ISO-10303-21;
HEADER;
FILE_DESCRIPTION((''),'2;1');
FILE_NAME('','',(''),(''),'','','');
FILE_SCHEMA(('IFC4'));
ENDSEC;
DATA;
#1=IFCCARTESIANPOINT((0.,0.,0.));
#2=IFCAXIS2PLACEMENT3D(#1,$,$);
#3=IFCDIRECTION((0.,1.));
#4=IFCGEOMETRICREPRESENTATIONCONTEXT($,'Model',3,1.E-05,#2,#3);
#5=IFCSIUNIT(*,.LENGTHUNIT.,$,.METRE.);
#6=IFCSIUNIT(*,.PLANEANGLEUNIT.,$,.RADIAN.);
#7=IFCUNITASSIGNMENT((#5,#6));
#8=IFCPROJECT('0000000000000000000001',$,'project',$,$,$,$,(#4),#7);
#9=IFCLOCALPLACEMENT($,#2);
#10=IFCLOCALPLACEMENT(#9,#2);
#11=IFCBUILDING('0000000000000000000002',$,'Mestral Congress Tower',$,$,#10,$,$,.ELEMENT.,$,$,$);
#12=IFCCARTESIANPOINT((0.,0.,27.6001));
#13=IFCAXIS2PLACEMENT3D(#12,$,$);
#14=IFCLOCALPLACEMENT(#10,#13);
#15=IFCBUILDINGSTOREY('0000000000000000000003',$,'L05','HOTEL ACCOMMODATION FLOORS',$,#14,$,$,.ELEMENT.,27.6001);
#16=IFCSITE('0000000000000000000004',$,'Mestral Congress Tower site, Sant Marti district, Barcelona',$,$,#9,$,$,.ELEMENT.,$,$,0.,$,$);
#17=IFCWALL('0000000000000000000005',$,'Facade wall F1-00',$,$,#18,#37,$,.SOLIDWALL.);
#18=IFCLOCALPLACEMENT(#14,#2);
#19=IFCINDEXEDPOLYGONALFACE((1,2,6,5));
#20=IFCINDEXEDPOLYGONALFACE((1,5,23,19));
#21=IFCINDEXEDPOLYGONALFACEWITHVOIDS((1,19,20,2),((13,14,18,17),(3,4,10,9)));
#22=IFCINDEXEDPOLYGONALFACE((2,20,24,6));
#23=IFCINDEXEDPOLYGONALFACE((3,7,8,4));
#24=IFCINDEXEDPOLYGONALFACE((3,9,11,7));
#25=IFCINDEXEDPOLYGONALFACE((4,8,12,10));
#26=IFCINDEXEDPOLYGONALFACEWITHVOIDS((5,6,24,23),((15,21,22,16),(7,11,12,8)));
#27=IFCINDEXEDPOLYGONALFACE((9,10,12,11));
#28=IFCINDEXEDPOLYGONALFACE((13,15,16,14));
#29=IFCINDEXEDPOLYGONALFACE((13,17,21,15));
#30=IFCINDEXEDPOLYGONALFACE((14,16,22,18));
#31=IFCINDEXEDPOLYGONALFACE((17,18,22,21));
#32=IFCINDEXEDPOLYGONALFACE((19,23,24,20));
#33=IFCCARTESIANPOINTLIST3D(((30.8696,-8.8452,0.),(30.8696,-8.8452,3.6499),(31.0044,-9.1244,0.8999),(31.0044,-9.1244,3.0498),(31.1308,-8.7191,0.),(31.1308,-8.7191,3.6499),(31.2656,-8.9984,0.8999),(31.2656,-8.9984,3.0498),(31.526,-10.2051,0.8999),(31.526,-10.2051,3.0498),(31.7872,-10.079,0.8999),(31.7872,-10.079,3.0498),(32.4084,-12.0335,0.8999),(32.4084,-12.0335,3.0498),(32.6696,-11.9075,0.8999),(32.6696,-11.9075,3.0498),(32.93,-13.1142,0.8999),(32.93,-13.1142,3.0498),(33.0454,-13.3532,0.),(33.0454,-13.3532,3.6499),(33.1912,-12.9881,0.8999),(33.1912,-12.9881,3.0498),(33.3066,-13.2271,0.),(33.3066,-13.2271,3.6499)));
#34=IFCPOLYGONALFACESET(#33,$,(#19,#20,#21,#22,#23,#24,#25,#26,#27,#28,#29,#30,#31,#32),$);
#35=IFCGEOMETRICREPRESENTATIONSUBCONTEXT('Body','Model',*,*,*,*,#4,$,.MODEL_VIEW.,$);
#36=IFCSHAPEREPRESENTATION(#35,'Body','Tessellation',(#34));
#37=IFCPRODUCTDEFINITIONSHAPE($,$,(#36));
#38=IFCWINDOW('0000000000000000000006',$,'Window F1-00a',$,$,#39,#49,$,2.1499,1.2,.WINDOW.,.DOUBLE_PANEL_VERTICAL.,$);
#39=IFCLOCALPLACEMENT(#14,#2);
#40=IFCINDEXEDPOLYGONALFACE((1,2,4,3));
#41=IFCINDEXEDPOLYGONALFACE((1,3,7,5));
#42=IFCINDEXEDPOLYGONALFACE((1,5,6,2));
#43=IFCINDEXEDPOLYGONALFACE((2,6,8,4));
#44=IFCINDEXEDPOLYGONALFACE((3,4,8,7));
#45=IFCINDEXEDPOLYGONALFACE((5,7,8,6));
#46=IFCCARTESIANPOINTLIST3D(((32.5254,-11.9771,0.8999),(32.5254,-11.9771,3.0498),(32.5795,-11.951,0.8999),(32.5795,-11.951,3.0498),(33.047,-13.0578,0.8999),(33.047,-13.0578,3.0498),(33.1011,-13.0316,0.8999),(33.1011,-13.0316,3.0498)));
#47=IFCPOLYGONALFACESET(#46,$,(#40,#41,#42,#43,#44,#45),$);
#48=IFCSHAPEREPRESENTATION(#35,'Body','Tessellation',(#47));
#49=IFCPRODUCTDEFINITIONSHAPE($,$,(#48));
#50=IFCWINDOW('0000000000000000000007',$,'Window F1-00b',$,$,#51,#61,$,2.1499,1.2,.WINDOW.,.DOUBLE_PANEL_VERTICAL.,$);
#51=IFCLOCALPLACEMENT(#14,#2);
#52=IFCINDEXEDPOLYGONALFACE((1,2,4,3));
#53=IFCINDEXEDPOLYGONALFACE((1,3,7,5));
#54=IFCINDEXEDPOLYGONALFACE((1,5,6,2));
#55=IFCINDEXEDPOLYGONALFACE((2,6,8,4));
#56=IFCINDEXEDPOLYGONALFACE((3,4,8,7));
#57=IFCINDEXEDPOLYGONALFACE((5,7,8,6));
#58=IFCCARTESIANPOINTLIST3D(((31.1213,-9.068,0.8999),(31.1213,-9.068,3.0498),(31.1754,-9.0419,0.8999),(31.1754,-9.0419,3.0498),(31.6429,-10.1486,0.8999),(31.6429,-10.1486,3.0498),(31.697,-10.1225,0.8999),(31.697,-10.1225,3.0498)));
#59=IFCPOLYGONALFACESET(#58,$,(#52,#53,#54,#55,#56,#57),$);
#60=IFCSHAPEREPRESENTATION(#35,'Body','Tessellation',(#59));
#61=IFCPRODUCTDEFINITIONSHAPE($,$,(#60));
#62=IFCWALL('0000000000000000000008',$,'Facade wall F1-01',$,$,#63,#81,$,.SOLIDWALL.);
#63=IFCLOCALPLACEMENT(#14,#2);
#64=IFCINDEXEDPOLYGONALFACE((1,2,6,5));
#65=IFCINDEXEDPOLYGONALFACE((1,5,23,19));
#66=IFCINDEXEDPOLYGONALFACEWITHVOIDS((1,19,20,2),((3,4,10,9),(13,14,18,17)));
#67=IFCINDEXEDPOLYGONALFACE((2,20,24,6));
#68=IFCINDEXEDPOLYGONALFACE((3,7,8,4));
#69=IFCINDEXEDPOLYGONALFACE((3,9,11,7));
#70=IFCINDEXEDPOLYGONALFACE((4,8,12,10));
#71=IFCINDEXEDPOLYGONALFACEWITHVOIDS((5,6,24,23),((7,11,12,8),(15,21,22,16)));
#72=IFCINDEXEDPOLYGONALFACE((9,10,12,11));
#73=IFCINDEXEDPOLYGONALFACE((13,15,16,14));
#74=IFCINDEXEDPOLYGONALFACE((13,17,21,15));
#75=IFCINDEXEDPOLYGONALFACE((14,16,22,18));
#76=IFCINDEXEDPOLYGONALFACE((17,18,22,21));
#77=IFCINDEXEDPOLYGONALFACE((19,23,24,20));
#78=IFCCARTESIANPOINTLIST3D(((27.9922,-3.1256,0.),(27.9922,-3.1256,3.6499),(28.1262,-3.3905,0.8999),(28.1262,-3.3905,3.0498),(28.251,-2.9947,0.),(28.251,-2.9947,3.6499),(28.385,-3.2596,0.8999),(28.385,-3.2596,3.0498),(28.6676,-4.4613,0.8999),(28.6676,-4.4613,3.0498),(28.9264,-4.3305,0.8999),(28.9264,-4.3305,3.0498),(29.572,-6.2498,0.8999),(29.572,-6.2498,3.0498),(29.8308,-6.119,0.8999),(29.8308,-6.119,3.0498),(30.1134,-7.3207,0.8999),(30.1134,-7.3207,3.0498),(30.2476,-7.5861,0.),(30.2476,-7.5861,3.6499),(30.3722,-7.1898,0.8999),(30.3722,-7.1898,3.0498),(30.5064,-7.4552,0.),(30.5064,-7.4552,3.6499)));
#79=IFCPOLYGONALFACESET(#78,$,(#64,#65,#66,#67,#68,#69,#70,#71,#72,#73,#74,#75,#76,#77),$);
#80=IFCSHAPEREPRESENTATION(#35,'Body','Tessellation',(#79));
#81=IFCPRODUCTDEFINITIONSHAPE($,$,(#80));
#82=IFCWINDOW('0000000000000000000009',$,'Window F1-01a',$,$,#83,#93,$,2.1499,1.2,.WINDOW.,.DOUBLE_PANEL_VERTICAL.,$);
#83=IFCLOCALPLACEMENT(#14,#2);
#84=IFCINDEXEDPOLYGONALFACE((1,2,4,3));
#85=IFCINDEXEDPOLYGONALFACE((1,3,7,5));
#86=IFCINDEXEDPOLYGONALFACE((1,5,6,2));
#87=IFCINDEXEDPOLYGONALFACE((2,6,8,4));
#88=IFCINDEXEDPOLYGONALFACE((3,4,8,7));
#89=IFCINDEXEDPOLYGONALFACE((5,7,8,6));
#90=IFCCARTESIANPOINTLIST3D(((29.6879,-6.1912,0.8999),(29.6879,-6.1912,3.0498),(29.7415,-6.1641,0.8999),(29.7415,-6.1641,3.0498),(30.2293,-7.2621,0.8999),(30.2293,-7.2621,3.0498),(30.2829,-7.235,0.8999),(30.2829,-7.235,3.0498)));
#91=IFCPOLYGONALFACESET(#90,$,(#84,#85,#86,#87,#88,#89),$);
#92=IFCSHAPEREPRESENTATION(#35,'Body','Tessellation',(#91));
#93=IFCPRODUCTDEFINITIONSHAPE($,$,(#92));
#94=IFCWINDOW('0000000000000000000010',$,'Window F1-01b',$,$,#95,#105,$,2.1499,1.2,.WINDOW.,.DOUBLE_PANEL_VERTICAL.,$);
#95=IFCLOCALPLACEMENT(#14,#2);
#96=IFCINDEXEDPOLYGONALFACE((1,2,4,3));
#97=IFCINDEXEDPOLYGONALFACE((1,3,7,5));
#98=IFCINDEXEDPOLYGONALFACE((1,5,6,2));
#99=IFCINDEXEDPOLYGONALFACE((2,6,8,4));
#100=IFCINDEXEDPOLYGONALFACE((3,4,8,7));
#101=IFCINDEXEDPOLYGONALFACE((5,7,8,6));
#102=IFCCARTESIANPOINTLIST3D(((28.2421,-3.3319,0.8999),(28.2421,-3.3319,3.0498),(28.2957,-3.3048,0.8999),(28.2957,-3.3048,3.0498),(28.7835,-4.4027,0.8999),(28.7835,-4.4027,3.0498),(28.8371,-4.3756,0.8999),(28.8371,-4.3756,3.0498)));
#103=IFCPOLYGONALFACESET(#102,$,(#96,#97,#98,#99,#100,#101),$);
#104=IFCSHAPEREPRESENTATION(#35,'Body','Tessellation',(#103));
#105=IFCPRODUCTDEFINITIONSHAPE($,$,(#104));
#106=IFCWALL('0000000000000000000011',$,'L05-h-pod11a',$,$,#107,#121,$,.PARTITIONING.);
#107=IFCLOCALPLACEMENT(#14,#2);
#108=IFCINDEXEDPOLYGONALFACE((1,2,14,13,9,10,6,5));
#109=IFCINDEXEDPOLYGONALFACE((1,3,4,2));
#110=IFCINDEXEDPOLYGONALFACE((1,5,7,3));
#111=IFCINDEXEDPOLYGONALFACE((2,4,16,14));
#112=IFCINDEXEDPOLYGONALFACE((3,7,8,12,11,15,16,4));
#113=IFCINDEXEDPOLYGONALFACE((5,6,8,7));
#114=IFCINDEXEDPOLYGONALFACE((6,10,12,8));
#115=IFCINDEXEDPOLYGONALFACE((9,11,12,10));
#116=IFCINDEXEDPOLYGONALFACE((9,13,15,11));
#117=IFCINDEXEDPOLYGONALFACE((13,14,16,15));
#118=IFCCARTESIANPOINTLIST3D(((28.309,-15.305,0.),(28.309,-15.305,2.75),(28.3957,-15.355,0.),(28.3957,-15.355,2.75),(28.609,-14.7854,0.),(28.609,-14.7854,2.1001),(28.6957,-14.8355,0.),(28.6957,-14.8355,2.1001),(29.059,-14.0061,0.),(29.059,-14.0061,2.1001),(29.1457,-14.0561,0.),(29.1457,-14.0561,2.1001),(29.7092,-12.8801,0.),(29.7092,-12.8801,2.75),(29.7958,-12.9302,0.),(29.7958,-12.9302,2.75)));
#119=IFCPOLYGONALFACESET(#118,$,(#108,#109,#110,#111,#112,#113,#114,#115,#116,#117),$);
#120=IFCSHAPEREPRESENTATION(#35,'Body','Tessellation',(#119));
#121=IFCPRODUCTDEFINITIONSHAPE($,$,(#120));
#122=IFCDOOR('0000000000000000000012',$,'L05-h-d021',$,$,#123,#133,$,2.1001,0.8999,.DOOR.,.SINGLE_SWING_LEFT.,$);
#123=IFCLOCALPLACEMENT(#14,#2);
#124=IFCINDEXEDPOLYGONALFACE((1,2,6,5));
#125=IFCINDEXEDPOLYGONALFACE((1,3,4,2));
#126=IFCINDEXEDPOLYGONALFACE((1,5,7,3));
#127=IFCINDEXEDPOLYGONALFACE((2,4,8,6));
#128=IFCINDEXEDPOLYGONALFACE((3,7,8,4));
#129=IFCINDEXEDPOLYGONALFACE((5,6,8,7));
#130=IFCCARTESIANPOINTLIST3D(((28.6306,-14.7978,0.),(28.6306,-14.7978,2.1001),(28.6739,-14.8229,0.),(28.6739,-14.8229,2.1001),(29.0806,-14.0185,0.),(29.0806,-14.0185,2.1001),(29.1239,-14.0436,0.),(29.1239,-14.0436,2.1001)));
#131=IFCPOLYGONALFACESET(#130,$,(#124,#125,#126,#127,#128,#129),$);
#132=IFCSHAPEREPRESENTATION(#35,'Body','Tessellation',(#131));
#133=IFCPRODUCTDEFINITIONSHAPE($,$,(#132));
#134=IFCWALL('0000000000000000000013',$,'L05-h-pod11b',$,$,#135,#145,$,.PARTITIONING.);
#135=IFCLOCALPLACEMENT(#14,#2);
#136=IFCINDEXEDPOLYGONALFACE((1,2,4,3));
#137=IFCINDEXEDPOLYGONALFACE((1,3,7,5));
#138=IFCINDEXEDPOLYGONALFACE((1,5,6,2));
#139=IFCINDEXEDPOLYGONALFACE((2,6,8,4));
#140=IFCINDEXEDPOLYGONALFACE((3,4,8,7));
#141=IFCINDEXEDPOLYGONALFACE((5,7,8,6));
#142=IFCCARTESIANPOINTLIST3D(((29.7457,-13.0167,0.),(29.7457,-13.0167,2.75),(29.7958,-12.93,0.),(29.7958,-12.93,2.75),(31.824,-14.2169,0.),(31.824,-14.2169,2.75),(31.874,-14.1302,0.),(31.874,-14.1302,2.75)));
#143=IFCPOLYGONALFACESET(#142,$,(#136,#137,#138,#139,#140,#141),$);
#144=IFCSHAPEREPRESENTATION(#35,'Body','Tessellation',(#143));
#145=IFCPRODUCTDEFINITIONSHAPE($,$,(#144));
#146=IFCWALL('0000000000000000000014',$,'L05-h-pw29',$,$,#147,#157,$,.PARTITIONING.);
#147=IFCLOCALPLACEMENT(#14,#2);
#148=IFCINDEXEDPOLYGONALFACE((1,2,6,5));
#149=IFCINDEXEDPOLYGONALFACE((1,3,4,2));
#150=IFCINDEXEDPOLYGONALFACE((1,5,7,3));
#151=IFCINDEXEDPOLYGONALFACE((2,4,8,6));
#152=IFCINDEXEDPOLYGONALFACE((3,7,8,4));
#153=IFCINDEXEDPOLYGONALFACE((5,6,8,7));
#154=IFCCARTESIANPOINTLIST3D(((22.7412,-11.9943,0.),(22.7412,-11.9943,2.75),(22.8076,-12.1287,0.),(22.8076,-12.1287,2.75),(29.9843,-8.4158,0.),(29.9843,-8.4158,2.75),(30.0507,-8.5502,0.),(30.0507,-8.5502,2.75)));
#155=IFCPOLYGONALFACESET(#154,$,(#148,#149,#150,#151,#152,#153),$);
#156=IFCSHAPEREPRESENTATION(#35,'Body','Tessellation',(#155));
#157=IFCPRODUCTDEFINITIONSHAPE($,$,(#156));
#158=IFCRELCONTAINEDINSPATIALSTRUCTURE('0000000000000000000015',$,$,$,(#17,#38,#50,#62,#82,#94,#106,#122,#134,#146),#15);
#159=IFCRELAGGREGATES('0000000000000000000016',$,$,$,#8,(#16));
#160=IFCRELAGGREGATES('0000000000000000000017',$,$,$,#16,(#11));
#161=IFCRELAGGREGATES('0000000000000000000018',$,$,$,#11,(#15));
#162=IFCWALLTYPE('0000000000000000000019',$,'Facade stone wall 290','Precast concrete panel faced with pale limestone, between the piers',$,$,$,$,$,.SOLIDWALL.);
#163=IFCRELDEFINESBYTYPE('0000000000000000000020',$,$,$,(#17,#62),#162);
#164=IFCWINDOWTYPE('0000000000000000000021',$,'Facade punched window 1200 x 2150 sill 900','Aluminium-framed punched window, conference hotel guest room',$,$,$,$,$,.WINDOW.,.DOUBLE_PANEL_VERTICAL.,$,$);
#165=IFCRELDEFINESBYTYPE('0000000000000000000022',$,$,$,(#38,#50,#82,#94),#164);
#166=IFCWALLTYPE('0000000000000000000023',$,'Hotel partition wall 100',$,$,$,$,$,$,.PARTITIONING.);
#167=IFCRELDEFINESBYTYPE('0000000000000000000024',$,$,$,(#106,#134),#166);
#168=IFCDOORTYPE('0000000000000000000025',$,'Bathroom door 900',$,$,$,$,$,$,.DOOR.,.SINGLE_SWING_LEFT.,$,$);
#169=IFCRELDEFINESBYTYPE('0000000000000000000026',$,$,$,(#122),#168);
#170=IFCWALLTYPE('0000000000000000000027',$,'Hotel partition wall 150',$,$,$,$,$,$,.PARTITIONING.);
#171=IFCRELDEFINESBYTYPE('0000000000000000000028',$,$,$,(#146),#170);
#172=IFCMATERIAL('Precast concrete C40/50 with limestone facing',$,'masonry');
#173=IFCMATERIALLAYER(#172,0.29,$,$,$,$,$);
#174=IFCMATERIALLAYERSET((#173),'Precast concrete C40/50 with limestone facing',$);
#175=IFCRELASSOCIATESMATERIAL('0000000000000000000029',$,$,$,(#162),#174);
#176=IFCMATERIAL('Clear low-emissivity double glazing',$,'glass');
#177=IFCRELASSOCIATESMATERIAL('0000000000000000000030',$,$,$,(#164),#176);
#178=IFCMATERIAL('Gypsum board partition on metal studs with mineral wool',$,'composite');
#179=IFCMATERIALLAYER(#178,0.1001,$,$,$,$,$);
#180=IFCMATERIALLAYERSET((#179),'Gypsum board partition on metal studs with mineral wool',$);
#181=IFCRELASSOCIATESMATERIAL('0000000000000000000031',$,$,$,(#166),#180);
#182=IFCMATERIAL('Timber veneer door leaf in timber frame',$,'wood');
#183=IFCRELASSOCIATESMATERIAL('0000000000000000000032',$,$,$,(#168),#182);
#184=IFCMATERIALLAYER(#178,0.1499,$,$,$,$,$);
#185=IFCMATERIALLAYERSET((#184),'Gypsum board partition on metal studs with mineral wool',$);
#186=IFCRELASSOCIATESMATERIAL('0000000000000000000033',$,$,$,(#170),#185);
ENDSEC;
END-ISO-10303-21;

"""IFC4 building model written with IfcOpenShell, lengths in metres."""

from ifc_helpers import new_model, si_unit, direction, frame, frame_2d, origin, place, context, subcontext, project, spatial, rectangle, extrude, material, layer, layer_set, type_object, element, fill, save


model = new_model("IFC4")

# Units and contexts
model_context = context("Model", 3, precision=1e-05, world=origin(), true_north=direction((0.0, 1.0)))
body_context = subcontext(model_context, "Body", "Model", "MODEL_VIEW")
ifc_project = project(units=[si_unit("LENGTHUNIT", "METRE"), si_unit("PLANEANGLEUNIT", "RADIAN")], contexts=[model_context])

# Site, building, storey
site_placement = place(None, origin())
site = spatial("IfcSite", under=ifc_project, at=site_placement, Name="Mestral Congress Tower site, Sant Marti district, Barcelona", CompositionType="ELEMENT", RefElevation=0.0)
building_placement = place(site_placement, origin())
building = spatial("IfcBuilding", under=site, at=building_placement, Name="Mestral Congress Tower", CompositionType="ELEMENT")
storey_placement = place(building_placement, frame((0.0, 0.0, 27.6001)))
storey = spatial("IfcBuildingStorey", under=building, at=storey_placement, Name="L05", Description="HOTEL ACCOMMODATION FLOORS", CompositionType="ELEMENT", Elevation=27.6001)

# Shared definitions
ifc_material_1 = material(Name="Precast concrete C40/50 with limestone facing", Category="masonry")
ifc_layer_1 = layer(ifc_material_1, 0.29)
ifc_layer_set_1 = layer_set([ifc_layer_1], Name="Precast concrete C40/50 with limestone facing")
wall_type_1 = type_object("IfcWallType", Name="Facade stone wall 290", Description="Precast concrete panel faced with pale limestone, between the piers", PredefinedType="SOLIDWALL", material=ifc_layer_set_1)
ifc_material_2 = material(Name="Clear low-emissivity double glazing", Category="glass")

# Walls, openings, windows
wall_1_placement = place(storey_placement, frame((33.176, -13.2903, 0.0), z_axis=(0.0, 0.0, 1.0), x_axis=(-0.434664, 0.900592, 0.0)))
wall_1 = element("IfcWall", 1, at=wall_1_placement, inside=storey, type_object=wall_type_1, Name="Facade wall F1-00", PredefinedType="SOLIDWALL", context=body_context, shape_type="SweptSolid", body=[
    extrude(rectangle(XDim=5.0056, YDim=0.29, at=frame_2d((2.5029, 0.0))), origin(), (0.0, 0.0, 1.0), 3.6499),
])
opening_1_placement = place(wall_1_placement, frame((0.2654, 0.0, 0.8999)))
opening_1 = element("IfcOpeningElement", 2, at=opening_1_placement, cuts=wall_1, PredefinedType="OPENING", context=body_context, shape_type="SweptSolid", body=[
    extrude(rectangle(XDim=1.2, YDim=2.1499, at=frame_2d((0.6001, 1.075))), frame((0.0, 0.155, 0.0), z_axis=(0.0, -1.0, 0.0), x_axis=(1.0, 0.0, 0.0)), (0.0, 0.0, 1.0), 0.3101),
])
opening_2_placement = place(wall_1_placement, frame((3.4956, 0.0, 0.8999)))
opening_2 = element("IfcOpeningElement", 3, at=opening_2_placement, cuts=wall_1, PredefinedType="OPENING", context=body_context, shape_type="SweptSolid", body=[
    extrude(rectangle(XDim=1.2, YDim=2.1499, at=frame_2d((0.6001, 1.075))), frame((0.0, 0.155, 0.0), z_axis=(0.0, -1.0, 0.0), x_axis=(1.0, 0.0, 0.0)), (0.0, 0.0, 1.0), 0.3101),
])
window_type_1 = type_object("IfcWindowType", Name="Facade punched window 1200 x 2150 sill 900", Description="Aluminium-framed punched window, conference hotel guest room", PartitioningType="DOUBLE_PANEL_VERTICAL", PredefinedType="WINDOW", material=ifc_material_2)
window_1_placement = place(opening_1_placement, origin())
window_1 = element("IfcWindow", 4, at=window_1_placement, inside=storey, type_object=window_type_1, Name="Window F1-00a", OverallHeight=2.1499, OverallWidth=1.2, PartitioningType="DOUBLE_PANEL_VERTICAL", PredefinedType="WINDOW", context=body_context, shape_type="SweptSolid", body=[
    extrude(rectangle(XDim=1.2, YDim=2.1499, at=frame_2d((0.6001, 1.075))), frame((0.0, 0.0151, 0.0), z_axis=(0.0, -1.0, 0.0), x_axis=(1.0, 0.0, 0.0)), (0.0, 0.0, 1.0), 0.0601),
])
fill(opening_1, window_1)
window_2_placement = place(opening_2_placement, origin())
window_2 = element("IfcWindow", 5, at=window_2_placement, inside=storey, type_object=window_type_1, Name="Window F1-00b", OverallHeight=2.1499, OverallWidth=1.2, PartitioningType="DOUBLE_PANEL_VERTICAL", PredefinedType="WINDOW", context=body_context, shape_type="SweptSolid", body=[
    extrude(rectangle(XDim=1.2, YDim=2.1499, at=frame_2d((0.6001, 1.075))), frame((0.0, 0.0151, 0.0), z_axis=(0.0, -1.0, 0.0), x_axis=(1.0, 0.0, 0.0)), (0.0, 0.0, 1.0), 0.0601),
])
fill(opening_2, window_2)
wall_2_placement = place(storey_placement, frame((30.377, -7.5205, 0.0), z_axis=(0.0, 0.0, 1.0), x_axis=(-0.451234, 0.892406, 0.0)))
wall_2 = element("IfcWall", 6, at=wall_2_placement, inside=storey, type_object=wall_type_1, Name="Facade wall F1-01", PredefinedType="SOLIDWALL", context=body_context, shape_type="SweptSolid", body=[
    extrude(rectangle(XDim=4.9983, YDim=0.29, at=frame_2d((2.499, 0.0))), origin(), (0.0, 0.0, 1.0), 3.6499),
])
opening_3_placement = place(wall_2_placement, frame((0.2971, 0.0, 0.8999)))
opening_3 = element("IfcOpeningElement", 7, at=opening_3_placement, cuts=wall_2, PredefinedType="OPENING", context=body_context, shape_type="SweptSolid", body=[
    extrude(rectangle(XDim=1.2, YDim=2.1499, at=frame_2d((0.6001, 1.075))), frame((0.0, 0.155, 0.0), z_axis=(0.0, -1.0, 0.0), x_axis=(1.0, 0.0, 0.0)), (0.0, 0.0, 1.0), 0.3101),
])
opening_4_placement = place(wall_2_placement, frame((3.5012, 0.0, 0.8999)))
opening_4 = element("IfcOpeningElement", 8, at=opening_4_placement, cuts=wall_2, PredefinedType="OPENING", context=body_context, shape_type="SweptSolid", body=[
    extrude(rectangle(XDim=1.2, YDim=2.1499, at=frame_2d((0.6001, 1.075))), frame((0.0, 0.155, 0.0), z_axis=(0.0, -1.0, 0.0), x_axis=(1.0, 0.0, 0.0)), (0.0, 0.0, 1.0), 0.3101),
])
window_3_placement = place(opening_3_placement, origin())
window_3 = element("IfcWindow", 9, at=window_3_placement, inside=storey, type_object=window_type_1, Name="Window F1-01a", OverallHeight=2.1499, OverallWidth=1.2, PartitioningType="DOUBLE_PANEL_VERTICAL", PredefinedType="WINDOW", context=body_context, shape_type="SweptSolid", body=[
    extrude(rectangle(XDim=1.2, YDim=2.1499, at=frame_2d((0.6001, 1.075))), frame((0.0, 0.0151, 0.0), z_axis=(0.0, -1.0, 0.0), x_axis=(1.0, 0.0, 0.0)), (0.0, 0.0, 1.0), 0.0601),
])
fill(opening_3, window_3)
window_4_placement = place(opening_4_placement, origin())
window_4 = element("IfcWindow", 10, at=window_4_placement, inside=storey, type_object=window_type_1, Name="Window F1-01b", OverallHeight=2.1499, OverallWidth=1.2, PartitioningType="DOUBLE_PANEL_VERTICAL", PredefinedType="WINDOW", context=body_context, shape_type="SweptSolid", body=[
    extrude(rectangle(XDim=1.2, YDim=2.1499, at=frame_2d((0.6001, 1.075))), frame((0.0, 0.0151, 0.0), z_axis=(0.0, -1.0, 0.0), x_axis=(1.0, 0.0, 0.0)), (0.0, 0.0, 1.0), 0.0601),
])
fill(opening_4, window_4)

# Wall, opening, door
ifc_material_3 = material(Name="Gypsum board partition on metal studs with mineral wool", Category="composite")
ifc_layer_2 = layer(ifc_material_3, 0.1001)
ifc_layer_set_2 = layer_set([ifc_layer_2], Name="Gypsum board partition on metal studs with mineral wool")
wall_type_2 = type_object("IfcWallType", Name="Hotel partition wall 100", PredefinedType="PARTITIONING", material=ifc_layer_set_2)
wall_3_placement = place(storey_placement, frame((29.7524, -12.9053, 0.0), z_axis=(0.0, 0.0, 1.0), x_axis=(-0.50005, -0.865997, 0.0)))
wall_3 = element("IfcWall", 11, at=wall_3_placement, inside=storey, type_object=wall_type_2, Name="L05-h-pod11a", PredefinedType="PARTITIONING", context=body_context, shape_type="SweptSolid", body=[
    extrude(rectangle(XDim=2.8, YDim=0.1001, at=frame_2d((1.3999, 0.0))), origin(), (0.0, 0.0, 1.0), 2.75),
])
opening_5_placement = place(wall_3_placement, frame((1.3, 0.0, 0.0)))
opening_5 = element("IfcOpeningElement", 12, at=opening_5_placement, cuts=wall_3, PredefinedType="OPENING", context=body_context, shape_type="SweptSolid", body=[
    extrude(rectangle(XDim=0.8999, YDim=2.1001, at=frame_2d((0.45, 1.05))), frame((0.0, 0.0601, 0.0), z_axis=(0.0, -1.0, 0.0), x_axis=(1.0, 0.0, 0.0)), (0.0, 0.0, 1.0), 0.1201),
])
ifc_material_4 = material(Name="Timber veneer door leaf in timber frame", Category="wood")
door_type = type_object("IfcDoorType", Name="Bathroom door 900", OperationType="SINGLE_SWING_LEFT", PredefinedType="DOOR", material=ifc_material_4)
door_placement = place(opening_5_placement, origin())
door = element("IfcDoor", 13, at=door_placement, inside=storey, type_object=door_type, Name="L05-h-d021", OperationType="SINGLE_SWING_LEFT", OverallHeight=2.1001, OverallWidth=0.8999, PredefinedType="DOOR", context=body_context, shape_type="SweptSolid", body=[
    extrude(rectangle(XDim=0.8999, YDim=2.1001, at=frame_2d((0.45, 1.05))), frame((0.0, 0.0249, 0.0), z_axis=(0.0, -1.0, 0.0), x_axis=(1.0, 0.0, 0.0)), (0.0, 0.0, 1.0), 0.05),
])
fill(opening_5, door)

# Walls
wall_4_placement = place(storey_placement, frame((29.7708, -12.9734, 0.0), z_axis=(0.0, 0.0, 1.0), x_axis=(0.865981, -0.500078, 0.0)))
element("IfcWall", 14, at=wall_4_placement, inside=storey, type_object=wall_type_2, Name="L05-h-pod11b", PredefinedType="PARTITIONING", context=body_context, shape_type="SweptSolid", body=[
    extrude(rectangle(XDim=2.3999, YDim=0.1001, at=frame_2d((1.2, 0.0))), origin(), (0.0, 0.0, 1.0), 2.75),
])
ifc_layer_3 = layer(ifc_material_3, 0.1499)
ifc_layer_set_3 = layer_set([ifc_layer_3], Name="Gypsum board partition on metal studs with mineral wool")
wall_type_3 = type_object("IfcWallType", Name="Hotel partition wall 150", PredefinedType="PARTITIONING", material=ifc_layer_set_3)
wall_5_placement = place(storey_placement, frame((30.0176, -8.4829, 0.0), z_axis=(0.0, 0.0, 1.0), x_axis=(-0.896545, -0.442954, 0.0)))
element("IfcWall", 15, at=wall_5_placement, inside=storey, type_object=wall_type_3, Name="L05-h-pw29", PredefinedType="PARTITIONING", context=body_context, shape_type="SweptSolid", body=[
    extrude(rectangle(XDim=8.0789, YDim=0.1499, at=frame_2d((4.0396, 0.0))), origin(), (0.0, 0.0, 1.0), 2.75),
])

save(model, "model.ifc")
